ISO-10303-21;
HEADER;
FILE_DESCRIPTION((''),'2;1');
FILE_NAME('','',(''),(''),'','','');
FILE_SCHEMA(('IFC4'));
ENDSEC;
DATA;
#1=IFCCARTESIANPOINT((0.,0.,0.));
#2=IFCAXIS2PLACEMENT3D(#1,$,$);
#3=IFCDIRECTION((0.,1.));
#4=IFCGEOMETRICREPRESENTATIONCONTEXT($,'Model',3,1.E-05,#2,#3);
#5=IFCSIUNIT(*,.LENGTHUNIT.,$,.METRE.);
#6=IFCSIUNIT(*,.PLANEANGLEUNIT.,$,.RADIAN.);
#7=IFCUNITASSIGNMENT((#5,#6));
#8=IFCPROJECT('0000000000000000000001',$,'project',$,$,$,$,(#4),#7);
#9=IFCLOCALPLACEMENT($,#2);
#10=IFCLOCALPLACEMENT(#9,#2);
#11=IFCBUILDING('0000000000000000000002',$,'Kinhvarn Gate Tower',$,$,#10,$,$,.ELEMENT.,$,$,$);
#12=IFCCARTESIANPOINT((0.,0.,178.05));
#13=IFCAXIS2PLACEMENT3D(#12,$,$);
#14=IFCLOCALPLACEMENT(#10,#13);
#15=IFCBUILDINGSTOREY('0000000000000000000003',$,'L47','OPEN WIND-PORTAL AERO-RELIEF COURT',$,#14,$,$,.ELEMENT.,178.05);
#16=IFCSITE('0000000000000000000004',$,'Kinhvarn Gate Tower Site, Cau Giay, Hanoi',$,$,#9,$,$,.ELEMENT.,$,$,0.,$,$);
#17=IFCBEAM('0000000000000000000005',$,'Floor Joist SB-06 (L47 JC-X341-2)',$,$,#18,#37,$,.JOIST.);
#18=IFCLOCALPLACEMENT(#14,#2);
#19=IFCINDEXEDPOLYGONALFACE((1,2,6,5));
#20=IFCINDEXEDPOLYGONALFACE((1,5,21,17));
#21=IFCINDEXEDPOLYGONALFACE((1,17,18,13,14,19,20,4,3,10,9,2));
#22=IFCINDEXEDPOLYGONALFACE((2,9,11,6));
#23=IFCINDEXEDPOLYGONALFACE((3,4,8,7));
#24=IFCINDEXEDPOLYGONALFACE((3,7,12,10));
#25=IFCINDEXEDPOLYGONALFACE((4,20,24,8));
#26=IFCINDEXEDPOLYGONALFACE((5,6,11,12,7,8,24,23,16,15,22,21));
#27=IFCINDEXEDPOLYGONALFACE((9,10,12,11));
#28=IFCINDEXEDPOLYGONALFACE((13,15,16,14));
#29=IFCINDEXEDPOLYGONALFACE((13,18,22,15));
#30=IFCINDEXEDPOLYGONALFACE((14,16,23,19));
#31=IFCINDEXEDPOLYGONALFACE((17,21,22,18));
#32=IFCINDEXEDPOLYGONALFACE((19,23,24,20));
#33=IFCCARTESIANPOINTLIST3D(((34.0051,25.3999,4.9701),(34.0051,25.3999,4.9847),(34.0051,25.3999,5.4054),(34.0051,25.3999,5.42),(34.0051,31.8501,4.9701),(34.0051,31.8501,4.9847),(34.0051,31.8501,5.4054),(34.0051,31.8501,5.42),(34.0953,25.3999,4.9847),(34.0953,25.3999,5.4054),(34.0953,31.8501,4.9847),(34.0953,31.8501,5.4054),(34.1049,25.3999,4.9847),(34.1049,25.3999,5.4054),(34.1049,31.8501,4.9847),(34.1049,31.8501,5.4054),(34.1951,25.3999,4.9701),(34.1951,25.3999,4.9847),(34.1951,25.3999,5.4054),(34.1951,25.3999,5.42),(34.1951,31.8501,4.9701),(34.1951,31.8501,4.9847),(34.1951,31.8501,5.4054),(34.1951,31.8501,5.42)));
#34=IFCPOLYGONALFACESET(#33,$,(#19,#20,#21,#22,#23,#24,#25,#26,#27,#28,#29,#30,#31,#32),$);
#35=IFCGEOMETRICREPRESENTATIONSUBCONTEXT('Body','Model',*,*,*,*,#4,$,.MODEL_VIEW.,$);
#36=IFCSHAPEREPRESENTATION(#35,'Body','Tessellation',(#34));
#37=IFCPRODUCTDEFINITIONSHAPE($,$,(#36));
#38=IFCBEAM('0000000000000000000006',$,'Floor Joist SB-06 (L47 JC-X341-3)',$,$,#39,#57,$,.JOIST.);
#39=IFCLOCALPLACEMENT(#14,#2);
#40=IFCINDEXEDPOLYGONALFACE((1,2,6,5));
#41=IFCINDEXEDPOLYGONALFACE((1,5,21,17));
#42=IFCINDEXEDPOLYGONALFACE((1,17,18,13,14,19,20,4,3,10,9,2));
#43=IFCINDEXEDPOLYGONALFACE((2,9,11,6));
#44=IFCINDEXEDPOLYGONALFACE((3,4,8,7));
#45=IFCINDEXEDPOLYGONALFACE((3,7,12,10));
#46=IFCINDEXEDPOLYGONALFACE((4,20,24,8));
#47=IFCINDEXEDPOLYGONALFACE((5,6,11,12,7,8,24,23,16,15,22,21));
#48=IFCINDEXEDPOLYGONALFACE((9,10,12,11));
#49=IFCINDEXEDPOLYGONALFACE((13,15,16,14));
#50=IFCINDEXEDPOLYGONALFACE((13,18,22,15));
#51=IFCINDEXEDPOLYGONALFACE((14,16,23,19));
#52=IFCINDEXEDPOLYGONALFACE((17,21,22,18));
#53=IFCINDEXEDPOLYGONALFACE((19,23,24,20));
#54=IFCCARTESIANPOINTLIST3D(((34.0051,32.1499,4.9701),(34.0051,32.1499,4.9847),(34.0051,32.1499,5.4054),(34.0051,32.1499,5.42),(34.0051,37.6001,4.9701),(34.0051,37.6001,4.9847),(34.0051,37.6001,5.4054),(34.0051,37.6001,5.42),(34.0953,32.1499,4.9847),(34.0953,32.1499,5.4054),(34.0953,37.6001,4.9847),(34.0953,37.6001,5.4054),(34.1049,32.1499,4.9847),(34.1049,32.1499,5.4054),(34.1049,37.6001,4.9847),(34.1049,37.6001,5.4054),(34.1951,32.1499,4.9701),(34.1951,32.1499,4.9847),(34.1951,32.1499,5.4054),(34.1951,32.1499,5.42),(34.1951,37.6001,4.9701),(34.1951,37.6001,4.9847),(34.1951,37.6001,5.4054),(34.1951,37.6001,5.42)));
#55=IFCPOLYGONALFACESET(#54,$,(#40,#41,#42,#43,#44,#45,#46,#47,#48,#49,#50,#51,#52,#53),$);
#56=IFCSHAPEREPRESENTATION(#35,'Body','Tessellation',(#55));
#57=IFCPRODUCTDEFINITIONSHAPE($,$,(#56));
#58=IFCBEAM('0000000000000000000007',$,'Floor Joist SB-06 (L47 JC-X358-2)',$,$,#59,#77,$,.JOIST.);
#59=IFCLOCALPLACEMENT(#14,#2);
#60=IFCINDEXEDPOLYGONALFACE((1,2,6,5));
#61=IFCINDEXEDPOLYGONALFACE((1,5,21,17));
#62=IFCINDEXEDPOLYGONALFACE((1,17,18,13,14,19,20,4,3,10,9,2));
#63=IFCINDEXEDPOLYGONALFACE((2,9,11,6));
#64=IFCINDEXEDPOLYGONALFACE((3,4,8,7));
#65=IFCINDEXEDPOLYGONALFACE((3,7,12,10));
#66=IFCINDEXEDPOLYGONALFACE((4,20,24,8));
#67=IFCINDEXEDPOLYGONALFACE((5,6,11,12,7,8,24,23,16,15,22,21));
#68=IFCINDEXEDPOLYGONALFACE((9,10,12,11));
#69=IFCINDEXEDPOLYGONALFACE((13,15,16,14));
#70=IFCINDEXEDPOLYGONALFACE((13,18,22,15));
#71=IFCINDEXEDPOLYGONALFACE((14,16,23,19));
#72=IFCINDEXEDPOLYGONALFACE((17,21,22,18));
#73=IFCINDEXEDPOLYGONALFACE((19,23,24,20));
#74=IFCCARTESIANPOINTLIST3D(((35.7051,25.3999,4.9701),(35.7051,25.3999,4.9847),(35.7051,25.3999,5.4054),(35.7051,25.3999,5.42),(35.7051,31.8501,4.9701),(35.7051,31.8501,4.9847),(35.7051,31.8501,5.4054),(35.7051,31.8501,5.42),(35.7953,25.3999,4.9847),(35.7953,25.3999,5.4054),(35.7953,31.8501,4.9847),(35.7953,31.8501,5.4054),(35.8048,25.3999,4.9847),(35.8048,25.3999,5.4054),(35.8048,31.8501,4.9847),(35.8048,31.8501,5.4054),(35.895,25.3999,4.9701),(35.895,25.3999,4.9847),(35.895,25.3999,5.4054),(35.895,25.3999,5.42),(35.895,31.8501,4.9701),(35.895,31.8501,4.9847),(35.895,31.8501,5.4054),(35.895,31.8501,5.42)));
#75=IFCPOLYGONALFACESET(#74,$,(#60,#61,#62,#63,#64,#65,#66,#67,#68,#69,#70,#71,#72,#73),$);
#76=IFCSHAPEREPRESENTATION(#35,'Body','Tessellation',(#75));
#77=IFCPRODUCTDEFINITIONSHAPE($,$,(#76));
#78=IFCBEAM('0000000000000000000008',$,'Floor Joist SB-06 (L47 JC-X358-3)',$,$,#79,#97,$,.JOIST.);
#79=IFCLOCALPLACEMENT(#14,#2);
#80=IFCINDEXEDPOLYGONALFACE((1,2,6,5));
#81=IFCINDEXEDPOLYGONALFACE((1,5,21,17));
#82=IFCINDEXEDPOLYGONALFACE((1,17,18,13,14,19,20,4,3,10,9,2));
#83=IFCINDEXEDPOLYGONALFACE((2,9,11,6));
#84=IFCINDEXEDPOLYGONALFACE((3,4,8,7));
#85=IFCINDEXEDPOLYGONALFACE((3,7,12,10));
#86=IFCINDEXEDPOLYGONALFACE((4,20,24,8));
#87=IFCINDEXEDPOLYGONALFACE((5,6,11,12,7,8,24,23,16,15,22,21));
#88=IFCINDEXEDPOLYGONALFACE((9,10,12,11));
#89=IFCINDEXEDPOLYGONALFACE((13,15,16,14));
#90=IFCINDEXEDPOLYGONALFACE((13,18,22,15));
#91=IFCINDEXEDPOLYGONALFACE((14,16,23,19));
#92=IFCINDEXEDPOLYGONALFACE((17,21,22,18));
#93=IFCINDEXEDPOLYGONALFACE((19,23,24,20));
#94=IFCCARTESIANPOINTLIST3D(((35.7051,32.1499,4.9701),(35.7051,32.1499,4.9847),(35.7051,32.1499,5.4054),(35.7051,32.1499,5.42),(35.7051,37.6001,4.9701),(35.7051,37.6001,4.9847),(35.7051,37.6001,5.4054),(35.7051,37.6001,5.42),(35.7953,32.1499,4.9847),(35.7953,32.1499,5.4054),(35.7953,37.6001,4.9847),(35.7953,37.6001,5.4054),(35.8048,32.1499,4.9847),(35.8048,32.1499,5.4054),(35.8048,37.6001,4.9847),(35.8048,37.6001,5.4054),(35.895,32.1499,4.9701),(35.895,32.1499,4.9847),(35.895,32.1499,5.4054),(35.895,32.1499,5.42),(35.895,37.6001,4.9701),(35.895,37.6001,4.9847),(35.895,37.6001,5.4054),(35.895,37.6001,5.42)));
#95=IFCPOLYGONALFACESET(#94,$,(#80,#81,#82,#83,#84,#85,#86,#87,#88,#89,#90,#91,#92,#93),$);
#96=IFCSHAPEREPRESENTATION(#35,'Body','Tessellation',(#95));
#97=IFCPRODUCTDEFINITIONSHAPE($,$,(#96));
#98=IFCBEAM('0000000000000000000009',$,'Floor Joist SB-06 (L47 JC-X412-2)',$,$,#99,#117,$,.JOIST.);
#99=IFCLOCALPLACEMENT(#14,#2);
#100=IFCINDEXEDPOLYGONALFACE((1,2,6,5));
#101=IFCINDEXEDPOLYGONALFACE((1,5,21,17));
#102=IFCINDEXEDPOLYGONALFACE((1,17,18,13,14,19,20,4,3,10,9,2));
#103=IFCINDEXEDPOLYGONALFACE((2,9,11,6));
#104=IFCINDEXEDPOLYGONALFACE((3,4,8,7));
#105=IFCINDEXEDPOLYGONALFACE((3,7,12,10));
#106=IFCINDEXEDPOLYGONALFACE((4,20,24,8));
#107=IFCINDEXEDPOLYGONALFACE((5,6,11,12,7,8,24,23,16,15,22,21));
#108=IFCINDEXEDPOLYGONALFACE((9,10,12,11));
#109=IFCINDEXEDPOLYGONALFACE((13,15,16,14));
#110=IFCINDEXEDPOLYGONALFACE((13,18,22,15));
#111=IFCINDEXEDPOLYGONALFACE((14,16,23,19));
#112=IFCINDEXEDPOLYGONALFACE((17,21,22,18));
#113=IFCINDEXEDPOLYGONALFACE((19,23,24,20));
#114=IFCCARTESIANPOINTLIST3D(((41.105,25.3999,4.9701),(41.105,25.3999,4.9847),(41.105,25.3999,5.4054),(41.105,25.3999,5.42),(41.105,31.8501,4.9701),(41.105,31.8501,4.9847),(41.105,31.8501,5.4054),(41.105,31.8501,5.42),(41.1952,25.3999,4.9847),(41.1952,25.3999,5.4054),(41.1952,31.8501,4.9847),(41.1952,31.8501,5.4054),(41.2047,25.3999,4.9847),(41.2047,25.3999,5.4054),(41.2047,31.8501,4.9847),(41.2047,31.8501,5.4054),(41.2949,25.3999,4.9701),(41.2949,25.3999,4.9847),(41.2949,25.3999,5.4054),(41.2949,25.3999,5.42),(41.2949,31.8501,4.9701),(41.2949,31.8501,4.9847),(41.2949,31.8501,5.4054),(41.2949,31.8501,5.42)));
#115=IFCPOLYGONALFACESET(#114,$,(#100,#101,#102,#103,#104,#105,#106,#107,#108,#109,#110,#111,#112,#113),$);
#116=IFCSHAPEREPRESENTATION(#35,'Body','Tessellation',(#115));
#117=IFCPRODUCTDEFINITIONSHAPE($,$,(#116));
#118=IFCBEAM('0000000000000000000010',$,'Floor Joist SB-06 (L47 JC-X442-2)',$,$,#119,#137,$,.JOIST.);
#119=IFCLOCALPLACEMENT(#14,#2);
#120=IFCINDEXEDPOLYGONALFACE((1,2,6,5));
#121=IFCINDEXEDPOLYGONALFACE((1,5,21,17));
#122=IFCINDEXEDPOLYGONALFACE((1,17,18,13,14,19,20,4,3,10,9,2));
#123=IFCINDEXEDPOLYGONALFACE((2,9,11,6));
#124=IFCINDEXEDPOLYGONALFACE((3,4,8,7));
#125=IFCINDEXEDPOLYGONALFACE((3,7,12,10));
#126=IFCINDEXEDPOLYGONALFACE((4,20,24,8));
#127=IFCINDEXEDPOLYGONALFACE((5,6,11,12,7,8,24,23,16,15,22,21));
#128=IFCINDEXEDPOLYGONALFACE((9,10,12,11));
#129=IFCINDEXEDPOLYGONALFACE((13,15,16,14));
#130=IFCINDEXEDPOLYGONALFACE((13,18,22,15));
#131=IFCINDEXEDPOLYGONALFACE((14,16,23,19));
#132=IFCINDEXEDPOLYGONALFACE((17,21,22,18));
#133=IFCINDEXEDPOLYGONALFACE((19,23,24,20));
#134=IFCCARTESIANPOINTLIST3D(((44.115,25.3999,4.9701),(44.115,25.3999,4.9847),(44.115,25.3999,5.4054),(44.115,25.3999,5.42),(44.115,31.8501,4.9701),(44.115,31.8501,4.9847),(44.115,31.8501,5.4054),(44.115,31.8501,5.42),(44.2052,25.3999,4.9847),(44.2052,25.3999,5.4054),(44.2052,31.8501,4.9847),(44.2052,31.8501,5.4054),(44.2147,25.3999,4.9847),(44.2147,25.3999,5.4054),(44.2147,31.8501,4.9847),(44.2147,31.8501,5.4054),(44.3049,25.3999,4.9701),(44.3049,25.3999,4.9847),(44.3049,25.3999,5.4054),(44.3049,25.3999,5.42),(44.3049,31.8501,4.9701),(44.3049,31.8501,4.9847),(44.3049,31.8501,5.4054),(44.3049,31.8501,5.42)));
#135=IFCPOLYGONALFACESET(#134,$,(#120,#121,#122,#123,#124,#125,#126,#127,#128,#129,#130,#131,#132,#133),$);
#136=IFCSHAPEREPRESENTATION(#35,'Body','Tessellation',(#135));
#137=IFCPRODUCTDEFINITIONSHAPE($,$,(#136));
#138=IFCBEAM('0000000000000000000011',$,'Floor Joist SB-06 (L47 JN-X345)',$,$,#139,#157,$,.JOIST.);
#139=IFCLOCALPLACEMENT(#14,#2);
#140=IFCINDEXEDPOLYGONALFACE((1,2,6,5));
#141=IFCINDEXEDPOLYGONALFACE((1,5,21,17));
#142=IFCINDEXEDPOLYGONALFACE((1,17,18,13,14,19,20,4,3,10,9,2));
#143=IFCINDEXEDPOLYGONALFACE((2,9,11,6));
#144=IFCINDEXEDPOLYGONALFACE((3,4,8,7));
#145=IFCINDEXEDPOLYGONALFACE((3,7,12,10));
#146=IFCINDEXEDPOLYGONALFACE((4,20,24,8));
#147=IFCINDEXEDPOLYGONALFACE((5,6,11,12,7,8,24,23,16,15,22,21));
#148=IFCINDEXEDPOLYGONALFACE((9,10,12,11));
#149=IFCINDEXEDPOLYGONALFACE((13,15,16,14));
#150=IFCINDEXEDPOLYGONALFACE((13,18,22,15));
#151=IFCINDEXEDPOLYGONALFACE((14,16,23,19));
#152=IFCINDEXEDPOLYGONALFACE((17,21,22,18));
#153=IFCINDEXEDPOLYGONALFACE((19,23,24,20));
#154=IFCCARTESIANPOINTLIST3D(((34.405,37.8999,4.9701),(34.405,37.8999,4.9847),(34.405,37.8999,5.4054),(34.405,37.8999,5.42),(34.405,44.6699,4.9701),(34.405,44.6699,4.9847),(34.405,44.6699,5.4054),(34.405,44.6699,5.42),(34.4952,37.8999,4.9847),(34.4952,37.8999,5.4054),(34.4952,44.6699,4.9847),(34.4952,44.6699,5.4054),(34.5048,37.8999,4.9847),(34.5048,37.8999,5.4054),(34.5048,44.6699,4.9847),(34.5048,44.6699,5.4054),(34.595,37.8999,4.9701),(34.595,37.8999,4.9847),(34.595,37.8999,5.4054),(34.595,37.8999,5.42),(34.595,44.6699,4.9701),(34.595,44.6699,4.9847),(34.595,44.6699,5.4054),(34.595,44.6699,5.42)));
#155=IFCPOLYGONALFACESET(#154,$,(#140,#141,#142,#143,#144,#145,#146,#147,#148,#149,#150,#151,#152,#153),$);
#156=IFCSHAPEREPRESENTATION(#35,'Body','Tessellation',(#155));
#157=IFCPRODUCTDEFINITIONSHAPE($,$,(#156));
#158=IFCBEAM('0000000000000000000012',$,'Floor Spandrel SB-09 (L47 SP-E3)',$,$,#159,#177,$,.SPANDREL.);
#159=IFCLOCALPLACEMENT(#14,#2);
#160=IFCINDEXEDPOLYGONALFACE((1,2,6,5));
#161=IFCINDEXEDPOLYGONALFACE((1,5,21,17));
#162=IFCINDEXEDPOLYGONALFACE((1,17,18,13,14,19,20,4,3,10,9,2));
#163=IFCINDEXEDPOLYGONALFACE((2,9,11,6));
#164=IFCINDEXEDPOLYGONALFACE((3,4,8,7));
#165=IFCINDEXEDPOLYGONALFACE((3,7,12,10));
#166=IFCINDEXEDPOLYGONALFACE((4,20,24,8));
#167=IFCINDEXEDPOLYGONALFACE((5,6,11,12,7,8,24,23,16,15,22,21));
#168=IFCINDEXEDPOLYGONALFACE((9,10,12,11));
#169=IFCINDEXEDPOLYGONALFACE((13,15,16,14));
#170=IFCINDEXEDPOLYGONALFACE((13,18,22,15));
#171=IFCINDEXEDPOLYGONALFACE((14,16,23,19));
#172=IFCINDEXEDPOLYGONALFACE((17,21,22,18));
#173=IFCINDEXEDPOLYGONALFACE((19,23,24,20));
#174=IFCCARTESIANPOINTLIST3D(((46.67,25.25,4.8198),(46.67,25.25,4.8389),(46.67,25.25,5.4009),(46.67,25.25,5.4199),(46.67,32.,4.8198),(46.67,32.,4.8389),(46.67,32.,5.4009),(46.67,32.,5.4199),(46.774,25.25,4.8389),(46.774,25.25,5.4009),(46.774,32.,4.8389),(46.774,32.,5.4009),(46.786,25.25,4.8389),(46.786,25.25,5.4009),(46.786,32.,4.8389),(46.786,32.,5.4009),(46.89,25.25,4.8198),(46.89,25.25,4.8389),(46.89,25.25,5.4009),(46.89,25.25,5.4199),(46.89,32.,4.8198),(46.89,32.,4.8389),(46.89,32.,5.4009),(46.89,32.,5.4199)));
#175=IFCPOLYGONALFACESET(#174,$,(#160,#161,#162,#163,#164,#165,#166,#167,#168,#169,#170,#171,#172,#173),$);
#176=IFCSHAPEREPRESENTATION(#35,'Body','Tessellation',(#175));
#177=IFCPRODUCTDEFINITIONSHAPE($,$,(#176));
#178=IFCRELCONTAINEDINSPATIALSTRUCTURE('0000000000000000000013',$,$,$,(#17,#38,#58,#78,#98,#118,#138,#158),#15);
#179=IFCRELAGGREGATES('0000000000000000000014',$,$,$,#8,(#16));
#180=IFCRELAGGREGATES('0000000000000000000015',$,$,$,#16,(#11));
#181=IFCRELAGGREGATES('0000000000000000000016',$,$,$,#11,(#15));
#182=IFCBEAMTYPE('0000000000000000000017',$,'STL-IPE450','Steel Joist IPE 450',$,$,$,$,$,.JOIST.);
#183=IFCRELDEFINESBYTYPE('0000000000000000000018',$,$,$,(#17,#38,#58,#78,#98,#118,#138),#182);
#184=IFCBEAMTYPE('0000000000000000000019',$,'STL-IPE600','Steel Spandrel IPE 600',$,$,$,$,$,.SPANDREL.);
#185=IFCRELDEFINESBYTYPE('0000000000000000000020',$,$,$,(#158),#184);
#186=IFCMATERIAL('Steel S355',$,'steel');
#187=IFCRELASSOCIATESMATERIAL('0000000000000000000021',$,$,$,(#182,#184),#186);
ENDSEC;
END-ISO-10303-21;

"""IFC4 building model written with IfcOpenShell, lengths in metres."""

from ifc_helpers import new_model, si_unit, direction, frame, origin, origin_2d, place, context, subcontext, project, spatial, i_section, extrude, material, material_profile, profile_set, type_object, element, save


model = new_model("IFC4")

# Units and contexts
model_context = context("Model", 3, precision=1e-05, world=origin(), true_north=direction((0.0, 1.0)))
body_context = subcontext(model_context, "Body", "Model", "MODEL_VIEW")
ifc_project = project(units=[si_unit("LENGTHUNIT", "METRE"), si_unit("PLANEANGLEUNIT", "RADIAN")], contexts=[model_context])

# Site, building, storey
site_placement = place(None, origin())
site = spatial("IfcSite", under=ifc_project, at=site_placement, Name="Kinhvarn Gate Tower Site, Cau Giay, Hanoi", CompositionType="ELEMENT", RefElevation=0.0)
building_placement = place(site_placement, origin())
building = spatial("IfcBuilding", under=site, at=building_placement, Name="Kinhvarn Gate Tower", CompositionType="ELEMENT")
storey_placement = place(building_placement, frame((0.0, 0.0, 178.05)))
storey = spatial("IfcBuildingStorey", under=building, at=storey_placement, Name="L47", Description="OPEN WIND-PORTAL AERO-RELIEF COURT", CompositionType="ELEMENT", Elevation=178.05)

# Shared definitions
ifc_material_1 = material(Name="Steel S355", Category="steel")

# Beams
ifc_material_profile_1 = material_profile(ifc_material_1, i_section(OverallWidth=0.1899, OverallDepth=0.45, WebThickness=0.0095, FlangeThickness=0.0146, at=origin_2d()), Name="IPE 450")
ifc_profile_set_1 = profile_set([ifc_material_profile_1], Name="Steel S355")
beam_type_1 = type_object("IfcBeamType", Name="STL-IPE450", Description="Steel Joist IPE 450", PredefinedType="JOIST", material=ifc_profile_set_1)
beam_1_placement = place(storey_placement, frame((34.1001, 25.3999, 5.1951), z_axis=(0.0, 1.0, 0.0), x_axis=(-1.0, 0.0, 0.0)))
element("IfcBeam", 1, at=beam_1_placement, inside=storey, type_object=beam_type_1, Name="Floor Joist SB-06 (L47 JC-X341-2)", PredefinedType="JOIST", context=body_context, shape_type="SweptSolid", body=[
    extrude(i_section(OverallWidth=0.1899, OverallDepth=0.45, WebThickness=0.0095, FlangeThickness=0.0146, at=origin_2d()), origin(), (0.0, 0.0, 1.0), 6.4502),
])
beam_2_placement = place(storey_placement, frame((34.1001, 32.1499, 5.1951), z_axis=(0.0, 1.0, 0.0), x_axis=(-1.0, 0.0, 0.0)))
element("IfcBeam", 2, at=beam_2_placement, inside=storey, type_object=beam_type_1, Name="Floor Joist SB-06 (L47 JC-X341-3)", PredefinedType="JOIST", context=body_context, shape_type="SweptSolid", body=[
    extrude(i_section(OverallWidth=0.1899, OverallDepth=0.45, WebThickness=0.0095, FlangeThickness=0.0146, at=origin_2d()), origin(), (0.0, 0.0, 1.0), 5.4502),
])
beam_3_placement = place(storey_placement, frame((35.8, 25.3999, 5.1951), z_axis=(0.0, 1.0, 0.0), x_axis=(-1.0, 0.0, 0.0)))
element("IfcBeam", 3, at=beam_3_placement, inside=storey, type_object=beam_type_1, Name="Floor Joist SB-06 (L47 JC-X358-2)", PredefinedType="JOIST", context=body_context, shape_type="SweptSolid", body=[
    extrude(i_section(OverallWidth=0.1899, OverallDepth=0.45, WebThickness=0.0095, FlangeThickness=0.0146, at=origin_2d()), origin(), (0.0, 0.0, 1.0), 6.4502),
])
beam_4_placement = place(storey_placement, frame((35.8, 32.1499, 5.1951), z_axis=(0.0, 1.0, 0.0), x_axis=(-1.0, 0.0, 0.0)))
element("IfcBeam", 4, at=beam_4_placement, inside=storey, type_object=beam_type_1, Name="Floor Joist SB-06 (L47 JC-X358-3)", PredefinedType="JOIST", context=body_context, shape_type="SweptSolid", body=[
    extrude(i_section(OverallWidth=0.1899, OverallDepth=0.45, WebThickness=0.0095, FlangeThickness=0.0146, at=origin_2d()), origin(), (0.0, 0.0, 1.0), 5.4502),
])
for number, where, z_axis, x_axis, name in (
    (5, (41.2, 25.3999, 5.1951), (0.0, 1.0, 0.0), (-1.0, 0.0, 0.0), "Floor Joist SB-06 (L47 JC-X412-2)"),
    (6, (44.21, 25.3999, 5.1951), (0.0, 1.0, 0.0), (-1.0, 0.0, 0.0), "Floor Joist SB-06 (L47 JC-X442-2)"),
):
    element("IfcBeam", number, at=place(storey_placement, frame(where, z_axis=z_axis, x_axis=x_axis)), inside=storey, type_object=beam_type_1, Name=name, PredefinedType="JOIST", context=body_context, shape_type="SweptSolid", body=[
        extrude(i_section(OverallWidth=0.1899, OverallDepth=0.45, WebThickness=0.0095, FlangeThickness=0.0146, at=origin_2d()), origin(), (0.0, 0.0, 1.0), 6.4502),
    ])
beam_5_placement = place(storey_placement, frame((34.5, 37.8999, 5.1951), z_axis=(0.0, 1.0, 0.0), x_axis=(-1.0, 0.0, 0.0)))
element("IfcBeam", 7, at=beam_5_placement, inside=storey, type_object=beam_type_1, Name="Floor Joist SB-06 (L47 JN-X345)", PredefinedType="JOIST", context=body_context, shape_type="SweptSolid", body=[
    extrude(i_section(OverallWidth=0.1899, OverallDepth=0.45, WebThickness=0.0095, FlangeThickness=0.0146, at=origin_2d()), origin(), (0.0, 0.0, 1.0), 6.77),
])
ifc_material_profile_2 = material_profile(ifc_material_1, i_section(OverallWidth=0.22, OverallDepth=0.6001, WebThickness=0.012, FlangeThickness=0.019, at=origin_2d()), Name="IPE 600")
ifc_profile_set_2 = profile_set([ifc_material_profile_2], Name="Steel S355")
beam_type_2 = type_object("IfcBeamType", Name="STL-IPE600", Description="Steel Spandrel IPE 600", PredefinedType="SPANDREL", material=ifc_profile_set_2)
beam_6_placement = place(storey_placement, frame((46.78, 25.25, 5.1199), z_axis=(0.0, 1.0, 0.0), x_axis=(-1.0, 0.0, 0.0)))
element("IfcBeam", 8, at=beam_6_placement, inside=storey, type_object=beam_type_2, Name="Floor Spandrel SB-09 (L47 SP-E3)", PredefinedType="SPANDREL", context=body_context, shape_type="SweptSolid", body=[
    extrude(i_section(OverallWidth=0.22, OverallDepth=0.6001, WebThickness=0.012, FlangeThickness=0.019, at=origin_2d()), origin(), (0.0, 0.0, 1.0), 6.75),
])

save(model, "model.ifc")
